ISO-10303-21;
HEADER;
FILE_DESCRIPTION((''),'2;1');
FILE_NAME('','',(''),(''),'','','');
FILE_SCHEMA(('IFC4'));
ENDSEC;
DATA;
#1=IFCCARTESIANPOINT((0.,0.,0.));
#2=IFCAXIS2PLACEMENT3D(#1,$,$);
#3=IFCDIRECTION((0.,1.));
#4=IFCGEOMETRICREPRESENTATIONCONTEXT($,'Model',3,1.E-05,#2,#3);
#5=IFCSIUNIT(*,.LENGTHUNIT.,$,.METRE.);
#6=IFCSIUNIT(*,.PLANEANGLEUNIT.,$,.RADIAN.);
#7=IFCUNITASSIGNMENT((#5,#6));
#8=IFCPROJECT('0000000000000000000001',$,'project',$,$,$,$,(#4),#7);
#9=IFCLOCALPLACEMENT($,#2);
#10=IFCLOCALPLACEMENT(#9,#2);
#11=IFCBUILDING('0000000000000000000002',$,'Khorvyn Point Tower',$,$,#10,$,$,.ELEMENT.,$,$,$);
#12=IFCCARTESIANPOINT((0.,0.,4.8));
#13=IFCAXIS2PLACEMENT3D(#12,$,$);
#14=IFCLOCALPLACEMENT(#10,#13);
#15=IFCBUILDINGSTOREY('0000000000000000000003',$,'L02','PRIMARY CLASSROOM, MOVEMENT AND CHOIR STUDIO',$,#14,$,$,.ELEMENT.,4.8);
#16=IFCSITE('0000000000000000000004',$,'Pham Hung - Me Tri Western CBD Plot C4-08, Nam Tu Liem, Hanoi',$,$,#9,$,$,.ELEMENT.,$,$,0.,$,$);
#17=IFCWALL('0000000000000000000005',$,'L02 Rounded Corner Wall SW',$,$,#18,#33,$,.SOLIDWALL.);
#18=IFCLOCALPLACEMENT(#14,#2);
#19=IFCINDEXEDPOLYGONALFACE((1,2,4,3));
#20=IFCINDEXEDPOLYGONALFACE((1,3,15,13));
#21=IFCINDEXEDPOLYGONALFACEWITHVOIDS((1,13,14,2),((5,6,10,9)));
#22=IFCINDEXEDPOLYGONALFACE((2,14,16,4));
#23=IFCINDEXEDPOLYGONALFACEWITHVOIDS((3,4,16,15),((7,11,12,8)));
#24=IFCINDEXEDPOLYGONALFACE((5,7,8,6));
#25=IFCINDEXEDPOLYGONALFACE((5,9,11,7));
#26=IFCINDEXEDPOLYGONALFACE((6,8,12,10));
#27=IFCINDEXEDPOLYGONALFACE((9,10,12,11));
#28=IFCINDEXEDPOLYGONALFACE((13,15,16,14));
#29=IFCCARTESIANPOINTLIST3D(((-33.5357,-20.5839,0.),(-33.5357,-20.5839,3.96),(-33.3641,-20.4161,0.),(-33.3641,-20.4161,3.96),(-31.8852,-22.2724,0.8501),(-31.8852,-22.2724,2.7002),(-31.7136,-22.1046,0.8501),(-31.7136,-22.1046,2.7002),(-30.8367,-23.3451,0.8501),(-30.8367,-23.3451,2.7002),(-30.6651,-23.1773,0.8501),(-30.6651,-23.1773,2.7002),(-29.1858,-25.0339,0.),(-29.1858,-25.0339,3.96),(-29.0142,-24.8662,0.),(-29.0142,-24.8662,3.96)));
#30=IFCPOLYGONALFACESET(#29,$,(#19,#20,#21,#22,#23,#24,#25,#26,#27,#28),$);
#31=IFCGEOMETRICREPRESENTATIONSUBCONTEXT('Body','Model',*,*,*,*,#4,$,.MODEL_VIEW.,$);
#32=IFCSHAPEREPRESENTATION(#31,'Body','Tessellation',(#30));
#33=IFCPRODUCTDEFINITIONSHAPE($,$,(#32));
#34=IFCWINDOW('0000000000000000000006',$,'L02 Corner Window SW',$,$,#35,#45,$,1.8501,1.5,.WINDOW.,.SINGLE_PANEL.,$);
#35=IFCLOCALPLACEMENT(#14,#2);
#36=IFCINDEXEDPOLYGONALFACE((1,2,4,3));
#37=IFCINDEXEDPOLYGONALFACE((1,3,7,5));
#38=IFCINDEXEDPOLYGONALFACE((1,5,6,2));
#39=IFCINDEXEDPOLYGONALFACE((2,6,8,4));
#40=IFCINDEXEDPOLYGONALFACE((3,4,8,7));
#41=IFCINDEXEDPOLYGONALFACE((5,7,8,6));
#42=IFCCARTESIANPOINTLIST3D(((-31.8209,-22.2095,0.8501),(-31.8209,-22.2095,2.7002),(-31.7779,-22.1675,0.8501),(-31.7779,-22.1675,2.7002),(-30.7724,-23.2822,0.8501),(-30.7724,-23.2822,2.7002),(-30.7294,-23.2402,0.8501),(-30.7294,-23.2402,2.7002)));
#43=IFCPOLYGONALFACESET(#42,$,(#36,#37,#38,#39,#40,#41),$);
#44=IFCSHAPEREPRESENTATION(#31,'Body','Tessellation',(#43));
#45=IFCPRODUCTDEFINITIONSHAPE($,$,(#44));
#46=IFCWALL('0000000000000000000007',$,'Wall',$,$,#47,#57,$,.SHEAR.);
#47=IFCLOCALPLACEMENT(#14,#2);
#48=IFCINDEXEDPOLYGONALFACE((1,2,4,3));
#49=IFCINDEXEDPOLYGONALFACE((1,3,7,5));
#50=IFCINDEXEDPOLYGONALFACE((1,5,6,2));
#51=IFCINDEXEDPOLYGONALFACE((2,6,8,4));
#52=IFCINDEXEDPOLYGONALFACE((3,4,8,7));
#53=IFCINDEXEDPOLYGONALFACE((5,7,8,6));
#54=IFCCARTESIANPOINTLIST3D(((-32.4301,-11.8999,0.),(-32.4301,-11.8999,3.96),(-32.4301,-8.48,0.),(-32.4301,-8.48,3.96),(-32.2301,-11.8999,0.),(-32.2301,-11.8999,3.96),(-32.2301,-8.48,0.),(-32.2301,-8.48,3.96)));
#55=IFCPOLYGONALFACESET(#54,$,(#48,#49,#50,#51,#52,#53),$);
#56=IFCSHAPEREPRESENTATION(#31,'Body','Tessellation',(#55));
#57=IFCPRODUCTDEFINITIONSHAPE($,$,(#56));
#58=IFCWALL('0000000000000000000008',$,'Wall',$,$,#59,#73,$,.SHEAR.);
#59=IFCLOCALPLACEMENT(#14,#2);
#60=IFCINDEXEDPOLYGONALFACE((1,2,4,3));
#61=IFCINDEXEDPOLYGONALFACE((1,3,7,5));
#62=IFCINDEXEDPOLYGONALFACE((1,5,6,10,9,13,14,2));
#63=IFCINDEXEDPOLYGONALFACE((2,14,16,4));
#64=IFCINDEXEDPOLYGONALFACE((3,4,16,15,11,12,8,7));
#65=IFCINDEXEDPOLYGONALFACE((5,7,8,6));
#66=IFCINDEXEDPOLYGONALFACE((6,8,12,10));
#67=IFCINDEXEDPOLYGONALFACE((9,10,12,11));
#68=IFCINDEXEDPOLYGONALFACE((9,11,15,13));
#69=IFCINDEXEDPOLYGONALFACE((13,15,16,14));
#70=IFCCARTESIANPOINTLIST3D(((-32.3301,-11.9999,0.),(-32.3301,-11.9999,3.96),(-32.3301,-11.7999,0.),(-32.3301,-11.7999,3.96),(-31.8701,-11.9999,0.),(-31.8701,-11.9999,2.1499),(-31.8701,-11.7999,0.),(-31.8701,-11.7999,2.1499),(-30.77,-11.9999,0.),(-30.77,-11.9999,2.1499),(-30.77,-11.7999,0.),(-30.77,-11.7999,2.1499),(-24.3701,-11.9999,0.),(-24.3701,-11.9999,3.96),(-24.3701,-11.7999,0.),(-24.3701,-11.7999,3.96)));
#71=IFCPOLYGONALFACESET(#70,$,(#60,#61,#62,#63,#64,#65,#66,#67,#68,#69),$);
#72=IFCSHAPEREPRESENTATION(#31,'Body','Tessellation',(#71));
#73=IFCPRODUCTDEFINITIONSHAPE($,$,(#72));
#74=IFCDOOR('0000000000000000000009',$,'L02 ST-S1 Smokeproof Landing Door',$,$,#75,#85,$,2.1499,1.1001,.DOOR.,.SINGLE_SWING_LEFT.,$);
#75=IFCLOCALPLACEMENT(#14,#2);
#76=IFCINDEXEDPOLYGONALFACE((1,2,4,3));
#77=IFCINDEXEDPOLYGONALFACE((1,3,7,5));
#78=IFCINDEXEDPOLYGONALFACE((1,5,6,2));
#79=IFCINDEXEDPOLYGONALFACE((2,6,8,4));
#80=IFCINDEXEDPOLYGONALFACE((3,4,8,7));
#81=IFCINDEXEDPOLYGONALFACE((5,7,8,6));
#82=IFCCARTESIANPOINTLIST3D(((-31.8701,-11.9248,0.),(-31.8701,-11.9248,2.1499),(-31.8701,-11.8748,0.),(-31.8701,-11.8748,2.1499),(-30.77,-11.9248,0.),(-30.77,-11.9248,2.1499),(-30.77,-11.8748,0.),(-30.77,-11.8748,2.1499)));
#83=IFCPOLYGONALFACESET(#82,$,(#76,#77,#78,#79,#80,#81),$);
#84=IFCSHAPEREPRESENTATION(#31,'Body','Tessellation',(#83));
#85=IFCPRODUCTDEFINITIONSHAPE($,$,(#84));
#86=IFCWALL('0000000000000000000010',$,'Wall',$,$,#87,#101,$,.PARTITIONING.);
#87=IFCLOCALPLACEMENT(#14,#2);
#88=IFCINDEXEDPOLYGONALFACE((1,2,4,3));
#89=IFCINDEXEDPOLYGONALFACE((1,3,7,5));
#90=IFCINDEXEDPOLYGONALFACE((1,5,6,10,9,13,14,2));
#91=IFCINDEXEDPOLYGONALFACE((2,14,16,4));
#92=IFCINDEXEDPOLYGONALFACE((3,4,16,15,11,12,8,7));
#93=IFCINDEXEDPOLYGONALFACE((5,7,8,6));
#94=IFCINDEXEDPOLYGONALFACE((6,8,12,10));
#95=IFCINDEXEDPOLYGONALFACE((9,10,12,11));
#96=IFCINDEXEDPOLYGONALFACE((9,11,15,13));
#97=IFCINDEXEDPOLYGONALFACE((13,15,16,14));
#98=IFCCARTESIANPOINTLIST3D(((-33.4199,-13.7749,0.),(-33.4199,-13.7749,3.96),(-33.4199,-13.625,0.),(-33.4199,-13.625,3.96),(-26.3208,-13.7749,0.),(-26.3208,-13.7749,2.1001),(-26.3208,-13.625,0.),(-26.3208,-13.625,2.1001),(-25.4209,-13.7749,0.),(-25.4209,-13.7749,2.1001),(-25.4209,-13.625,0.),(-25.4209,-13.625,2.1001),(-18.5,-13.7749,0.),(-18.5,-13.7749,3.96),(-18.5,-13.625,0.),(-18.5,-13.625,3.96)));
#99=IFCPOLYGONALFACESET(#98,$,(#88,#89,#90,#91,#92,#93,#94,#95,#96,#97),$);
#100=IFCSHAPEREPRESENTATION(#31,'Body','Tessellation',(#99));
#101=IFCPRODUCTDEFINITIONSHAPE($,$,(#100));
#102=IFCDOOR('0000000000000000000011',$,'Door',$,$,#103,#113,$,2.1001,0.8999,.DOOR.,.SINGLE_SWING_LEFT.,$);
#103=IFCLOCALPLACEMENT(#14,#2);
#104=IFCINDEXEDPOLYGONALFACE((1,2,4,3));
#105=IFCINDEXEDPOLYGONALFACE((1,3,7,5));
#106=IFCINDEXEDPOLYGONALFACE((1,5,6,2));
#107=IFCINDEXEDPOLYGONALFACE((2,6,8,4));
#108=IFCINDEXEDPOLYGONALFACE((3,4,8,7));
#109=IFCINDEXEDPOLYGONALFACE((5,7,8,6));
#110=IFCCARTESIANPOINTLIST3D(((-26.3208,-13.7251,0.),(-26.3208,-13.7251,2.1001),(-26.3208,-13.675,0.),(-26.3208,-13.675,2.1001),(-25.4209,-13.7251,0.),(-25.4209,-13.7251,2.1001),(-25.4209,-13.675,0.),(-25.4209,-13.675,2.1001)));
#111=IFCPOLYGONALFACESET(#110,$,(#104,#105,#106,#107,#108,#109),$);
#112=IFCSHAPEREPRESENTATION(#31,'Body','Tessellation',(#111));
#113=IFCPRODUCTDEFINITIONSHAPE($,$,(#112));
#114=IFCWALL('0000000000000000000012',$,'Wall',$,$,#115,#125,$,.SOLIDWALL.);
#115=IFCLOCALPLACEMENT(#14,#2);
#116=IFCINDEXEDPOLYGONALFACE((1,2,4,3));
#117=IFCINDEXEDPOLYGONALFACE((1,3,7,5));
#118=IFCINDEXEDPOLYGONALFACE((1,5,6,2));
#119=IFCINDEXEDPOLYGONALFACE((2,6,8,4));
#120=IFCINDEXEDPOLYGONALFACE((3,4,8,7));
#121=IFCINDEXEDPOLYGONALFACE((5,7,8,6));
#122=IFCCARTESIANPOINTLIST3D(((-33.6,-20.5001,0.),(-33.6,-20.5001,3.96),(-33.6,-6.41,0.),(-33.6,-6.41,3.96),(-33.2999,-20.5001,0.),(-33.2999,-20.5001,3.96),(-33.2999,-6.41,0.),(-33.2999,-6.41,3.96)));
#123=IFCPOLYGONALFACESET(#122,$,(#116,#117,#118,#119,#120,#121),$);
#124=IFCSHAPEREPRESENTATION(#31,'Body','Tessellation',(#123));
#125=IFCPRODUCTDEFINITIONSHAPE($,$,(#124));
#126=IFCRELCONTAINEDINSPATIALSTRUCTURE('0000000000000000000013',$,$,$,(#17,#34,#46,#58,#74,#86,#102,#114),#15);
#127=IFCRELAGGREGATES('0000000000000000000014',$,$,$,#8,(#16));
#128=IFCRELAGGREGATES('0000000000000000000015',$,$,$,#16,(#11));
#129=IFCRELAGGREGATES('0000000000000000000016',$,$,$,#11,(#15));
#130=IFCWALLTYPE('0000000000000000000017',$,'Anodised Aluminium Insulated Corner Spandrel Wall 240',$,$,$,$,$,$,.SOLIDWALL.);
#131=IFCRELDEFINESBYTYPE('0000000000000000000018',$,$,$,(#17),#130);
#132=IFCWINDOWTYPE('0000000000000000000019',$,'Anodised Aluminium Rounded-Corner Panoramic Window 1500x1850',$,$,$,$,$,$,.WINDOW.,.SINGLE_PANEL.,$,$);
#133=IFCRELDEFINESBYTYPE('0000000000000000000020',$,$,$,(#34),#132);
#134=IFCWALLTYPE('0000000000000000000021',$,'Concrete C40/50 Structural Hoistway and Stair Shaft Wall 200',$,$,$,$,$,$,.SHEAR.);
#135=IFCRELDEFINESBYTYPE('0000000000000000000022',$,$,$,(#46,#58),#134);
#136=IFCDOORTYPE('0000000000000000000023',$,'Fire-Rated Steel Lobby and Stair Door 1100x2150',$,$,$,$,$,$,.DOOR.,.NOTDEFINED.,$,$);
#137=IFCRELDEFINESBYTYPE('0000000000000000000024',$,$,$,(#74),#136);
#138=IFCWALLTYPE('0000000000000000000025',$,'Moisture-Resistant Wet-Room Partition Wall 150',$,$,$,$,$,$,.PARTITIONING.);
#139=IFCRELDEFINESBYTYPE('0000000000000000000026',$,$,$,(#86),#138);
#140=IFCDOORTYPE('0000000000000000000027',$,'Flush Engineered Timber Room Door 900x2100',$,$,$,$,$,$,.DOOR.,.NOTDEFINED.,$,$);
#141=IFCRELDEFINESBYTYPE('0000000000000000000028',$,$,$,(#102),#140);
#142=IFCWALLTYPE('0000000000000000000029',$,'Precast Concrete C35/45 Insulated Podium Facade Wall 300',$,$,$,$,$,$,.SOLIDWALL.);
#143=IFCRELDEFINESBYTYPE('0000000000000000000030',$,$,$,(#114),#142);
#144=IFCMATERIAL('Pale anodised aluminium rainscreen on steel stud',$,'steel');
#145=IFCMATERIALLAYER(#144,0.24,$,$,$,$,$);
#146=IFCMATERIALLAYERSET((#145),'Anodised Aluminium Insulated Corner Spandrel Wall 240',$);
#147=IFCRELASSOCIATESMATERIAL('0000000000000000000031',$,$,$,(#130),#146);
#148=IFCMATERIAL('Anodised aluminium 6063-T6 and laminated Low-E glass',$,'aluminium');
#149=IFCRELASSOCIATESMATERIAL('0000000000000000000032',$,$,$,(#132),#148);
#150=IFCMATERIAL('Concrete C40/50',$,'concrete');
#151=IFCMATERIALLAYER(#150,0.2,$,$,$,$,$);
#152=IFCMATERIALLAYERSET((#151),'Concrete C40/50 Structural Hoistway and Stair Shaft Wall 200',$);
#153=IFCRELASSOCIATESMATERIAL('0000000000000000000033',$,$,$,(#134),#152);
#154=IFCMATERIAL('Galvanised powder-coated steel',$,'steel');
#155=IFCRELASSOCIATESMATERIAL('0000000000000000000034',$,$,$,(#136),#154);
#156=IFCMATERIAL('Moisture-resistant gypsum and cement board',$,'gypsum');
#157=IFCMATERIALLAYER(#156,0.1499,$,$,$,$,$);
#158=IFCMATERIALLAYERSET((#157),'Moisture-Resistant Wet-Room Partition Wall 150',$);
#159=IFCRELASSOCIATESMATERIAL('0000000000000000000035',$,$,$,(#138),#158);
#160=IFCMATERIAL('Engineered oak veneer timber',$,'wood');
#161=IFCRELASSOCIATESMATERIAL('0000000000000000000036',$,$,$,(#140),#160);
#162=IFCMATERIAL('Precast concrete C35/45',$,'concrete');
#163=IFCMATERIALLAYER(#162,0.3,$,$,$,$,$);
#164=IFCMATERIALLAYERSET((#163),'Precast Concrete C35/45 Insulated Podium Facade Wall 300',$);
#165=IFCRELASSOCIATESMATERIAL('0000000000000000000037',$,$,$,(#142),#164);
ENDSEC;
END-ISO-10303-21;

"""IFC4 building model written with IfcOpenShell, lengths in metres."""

from ifc_helpers import new_model, si_unit, direction, frame, frame_2d, origin, place, context, subcontext, project, spatial, rectangle, extrude, material, layer, layer_set, type_object, element, fill, save


model = new_model("IFC4")

# Units and contexts
model_context = context("Model", 3, precision=1e-05, world=origin(), true_north=direction((0.0, 1.0)))
body_context = subcontext(model_context, "Body", "Model", "MODEL_VIEW")
ifc_project = project(units=[si_unit("LENGTHUNIT", "METRE"), si_unit("PLANEANGLEUNIT", "RADIAN")], contexts=[model_context])

# Site, building, storey
site_placement = place(None, origin())
site = spatial("IfcSite", under=ifc_project, at=site_placement, Name="Pham Hung - Me Tri Western CBD Plot C4-08, Nam Tu Liem, Hanoi", CompositionType="ELEMENT", RefElevation=0.0)
building_placement = place(site_placement, origin())
building = spatial("IfcBuilding", under=site, at=building_placement, Name="Khorvyn Point Tower", CompositionType="ELEMENT")
storey_placement = place(building_placement, frame((0.0, 0.0, 4.8)))
storey = spatial("IfcBuildingStorey", under=building, at=storey_placement, Name="L02", Description="PRIMARY CLASSROOM, MOVEMENT AND CHOIR STUDIO", CompositionType="ELEMENT", Elevation=4.8)

# Shared definitions
ifc_material_1 = material(Name="Concrete C40/50", Category="concrete")

# Wall, opening, window
ifc_material_2 = material(Name="Pale anodised aluminium rainscreen on steel stud", Category="steel")
ifc_layer_1 = layer(ifc_material_2, 0.24)
ifc_layer_set_1 = layer_set([ifc_layer_1], Name="Anodised Aluminium Insulated Corner Spandrel Wall 240")
wall_type_1 = type_object("IfcWallType", Name="Anodised Aluminium Insulated Corner Spandrel Wall 240", PredefinedType="SOLIDWALL", material=ifc_layer_set_1)
wall_1_placement = place(storey_placement, frame((-29.1001, -24.95, 0.0), z_axis=(0.0, 0.0, 1.0), x_axis=(-0.699018, 0.715104, 0.0)))
wall_1 = element("IfcWall", 1, at=wall_1_placement, inside=storey, type_object=wall_type_1, Name="L02 Rounded Corner Wall SW", PredefinedType="SOLIDWALL", context=body_context, shape_type="SweptSolid", body=[
    extrude(rectangle(XDim=6.2229, YDim=0.24, at=frame_2d((3.1113, 0.0))), origin(), (0.0, 0.0, 1.0), 3.96),
])
opening_1_placement = place(wall_1_placement, frame((2.3616, 0.0, 0.8501)))
opening_1 = element("IfcOpeningElement", 2, at=opening_1_placement, cuts=wall_1, PredefinedType="OPENING", context=body_context, shape_type="SweptSolid", body=[
    extrude(rectangle(XDim=1.5, YDim=1.8501, at=frame_2d((0.75, 0.925))), frame((0.0, 0.1299, 0.0), z_axis=(0.0, -1.0, 0.0), x_axis=(1.0, 0.0, 0.0)), (0.0, 0.0, 1.0), 0.26),
])
ifc_material_3 = material(Name="Anodised aluminium 6063-T6 and laminated Low-E glass", Category="aluminium")
window_type = type_object("IfcWindowType", Name="Anodised Aluminium Rounded-Corner Panoramic Window 1500x1850", PartitioningType="SINGLE_PANEL", PredefinedType="WINDOW", material=ifc_material_3)
window_placement = place(opening_1_placement, origin())
window = element("IfcWindow", 3, at=window_placement, inside=storey, type_object=window_type, Name="L02 Corner Window SW", OverallHeight=1.8501, OverallWidth=1.5, PartitioningType="SINGLE_PANEL", PredefinedType="WINDOW", context=body_context, shape_type="SweptSolid", body=[
    extrude(rectangle(XDim=1.5, YDim=1.8501, at=frame_2d((0.75, 0.925))), frame((0.0, 0.03, 0.0), z_axis=(0.0, -1.0, 0.0), x_axis=(1.0, 0.0, 0.0)), (0.0, 0.0, 1.0), 0.0601),
])
fill(opening_1, window)

# Wall
ifc_layer_2 = layer(ifc_material_1, 0.2)
ifc_layer_set_2 = layer_set([ifc_layer_2], Name="Concrete C40/50 Structural Hoistway and Stair Shaft Wall 200")
wall_type_2 = type_object("IfcWallType", Name="Concrete C40/50 Structural Hoistway and Stair Shaft Wall 200", PredefinedType="SHEAR", material=ifc_layer_set_2)
wall_2_placement = place(storey_placement, frame((-32.3301, -11.8999, 0.0), z_axis=(0.0, 0.0, 1.0), x_axis=(0.0, 1.0, 0.0)))
element("IfcWall", 4, at=wall_2_placement, inside=storey, type_object=wall_type_2, Name="Wall", PredefinedType="SHEAR", context=body_context, shape_type="SweptSolid", body=[
    extrude(rectangle(XDim=3.4199, YDim=0.2, at=frame_2d((1.71, 0.0))), origin(), (0.0, 0.0, 1.0), 3.96),
])

# Walls, openings, doors
wall_3_placement = place(storey_placement, frame((-24.3701, -11.8999, 0.0), z_axis=(0.0, 0.0, 1.0), x_axis=(-1.0, 0.0, 0.0)))
wall_3 = element("IfcWall", 5, at=wall_3_placement, inside=storey, type_object=wall_type_2, Name="Wall", PredefinedType="SHEAR", context=body_context, shape_type="SweptSolid", body=[
    extrude(rectangle(XDim=7.96, YDim=0.2, at=frame_2d((3.98, 0.0))), origin(), (0.0, 0.0, 1.0), 3.96),
])
opening_2_placement = place(wall_3_placement, frame((6.3999, 0.0, 0.0)))
opening_2 = element("IfcOpeningElement", 6, at=opening_2_placement, cuts=wall_3, PredefinedType="OPENING", context=body_context, shape_type="SweptSolid", body=[
    extrude(rectangle(XDim=1.1001, YDim=2.1499, at=frame_2d((0.55, 1.075))), frame((0.0, 0.1099, 0.0), z_axis=(0.0, -1.0, 0.0), x_axis=(1.0, 0.0, 0.0)), (0.0, 0.0, 1.0), 0.22),
])
ifc_material_4 = material(Name="Galvanised powder-coated steel", Category="steel")
door_type_1 = type_object("IfcDoorType", Name="Fire-Rated Steel Lobby and Stair Door 1100x2150", OperationType="NOTDEFINED", PredefinedType="DOOR", material=ifc_material_4)
door_1_placement = place(opening_2_placement, origin())
door_1 = element("IfcDoor", 7, at=door_1_placement, inside=storey, type_object=door_type_1, Name="L02 ST-S1 Smokeproof Landing Door", OperationType="SINGLE_SWING_LEFT", OverallHeight=2.1499, OverallWidth=1.1001, PredefinedType="DOOR", context=body_context, shape_type="SweptSolid", body=[
    extrude(rectangle(XDim=1.1001, YDim=2.1499, at=frame_2d((0.55, 1.075))), frame((0.0, 0.0249, 0.0), z_axis=(0.0, -1.0, 0.0), x_axis=(1.0, 0.0, 0.0)), (0.0, 0.0, 1.0), 0.05),
])
fill(opening_2, door_1)
ifc_material_5 = material(Name="Moisture-resistant gypsum and cement board", Category="gypsum")
ifc_layer_3 = layer(ifc_material_5, 0.1499)
ifc_layer_set_3 = layer_set([ifc_layer_3], Name="Moisture-Resistant Wet-Room Partition Wall 150")
wall_type_3 = type_object("IfcWallType", Name="Moisture-Resistant Wet-Room Partition Wall 150", PredefinedType="PARTITIONING", material=ifc_layer_set_3)
wall_4_placement = place(storey_placement, frame((-33.4199, -13.7, 0.0), z_axis=(0.0, 0.0, 1.0), x_axis=(1.0, 0.0, 0.0)))
wall_4 = element("IfcWall", 8, at=wall_4_placement, inside=storey, type_object=wall_type_3, Name="Wall", PredefinedType="PARTITIONING", context=body_context, shape_type="SweptSolid", body=[
    extrude(rectangle(XDim=14.9199, YDim=0.1499, at=frame_2d((7.46, 0.0))), origin(), (0.0, 0.0, 1.0), 3.96),
])
opening_3_placement = place(wall_4_placement, frame((7.0991, 0.0, 0.0)))
opening_3 = element("IfcOpeningElement", 9, at=opening_3_placement, cuts=wall_4, PredefinedType="OPENING", context=body_context, shape_type="SweptSolid", body=[
    extrude(rectangle(XDim=0.8999, YDim=2.1001, at=frame_2d((0.45, 1.05))), frame((0.0, 0.085, 0.0), z_axis=(0.0, -1.0, 0.0), x_axis=(1.0, 0.0, 0.0)), (0.0, 0.0, 1.0), 0.1699),
])
ifc_material_6 = material(Name="Engineered oak veneer timber", Category="wood")
door_type_2 = type_object("IfcDoorType", Name="Flush Engineered Timber Room Door 900x2100", OperationType="NOTDEFINED", PredefinedType="DOOR", material=ifc_material_6)
door_2_placement = place(opening_3_placement, origin())
door_2 = element("IfcDoor", 10, at=door_2_placement, inside=storey, type_object=door_type_2, Name="Door", OperationType="SINGLE_SWING_LEFT", OverallHeight=2.1001, OverallWidth=0.8999, PredefinedType="DOOR", context=body_context, shape_type="SweptSolid", body=[
    extrude(rectangle(XDim=0.8999, YDim=2.1001, at=frame_2d((0.45, 1.05))), frame((0.0, 0.0249, 0.0), z_axis=(0.0, -1.0, 0.0), x_axis=(1.0, 0.0, 0.0)), (0.0, 0.0, 1.0), 0.05),
])
fill(opening_3, door_2)

# Wall
ifc_material_7 = material(Name="Precast concrete C35/45", Category="concrete")
ifc_layer_4 = layer(ifc_material_7, 0.3)
ifc_layer_set_4 = layer_set([ifc_layer_4], Name="Precast Concrete C35/45 Insulated Podium Facade Wall 300")
wall_type_4 = type_object("IfcWallType", Name="Precast Concrete C35/45 Insulated Podium Facade Wall 300", PredefinedType="SOLIDWALL", material=ifc_layer_set_4)
wall_5_placement = place(storey_placement, frame((-33.45, -20.5, 0.0), z_axis=(0.0, 0.0, 1.0), x_axis=(0.0, 1.0, 0.0)))
element("IfcWall", 11, at=wall_5_placement, inside=storey, type_object=wall_type_4, Name="Wall", PredefinedType="SOLIDWALL", context=body_context, shape_type="SweptSolid", body=[
    extrude(rectangle(XDim=14.0901, YDim=0.3, at=frame_2d((7.0449, 0.0))), origin(), (0.0, 0.0, 1.0), 3.96),
])

save(model, "model.ifc")
